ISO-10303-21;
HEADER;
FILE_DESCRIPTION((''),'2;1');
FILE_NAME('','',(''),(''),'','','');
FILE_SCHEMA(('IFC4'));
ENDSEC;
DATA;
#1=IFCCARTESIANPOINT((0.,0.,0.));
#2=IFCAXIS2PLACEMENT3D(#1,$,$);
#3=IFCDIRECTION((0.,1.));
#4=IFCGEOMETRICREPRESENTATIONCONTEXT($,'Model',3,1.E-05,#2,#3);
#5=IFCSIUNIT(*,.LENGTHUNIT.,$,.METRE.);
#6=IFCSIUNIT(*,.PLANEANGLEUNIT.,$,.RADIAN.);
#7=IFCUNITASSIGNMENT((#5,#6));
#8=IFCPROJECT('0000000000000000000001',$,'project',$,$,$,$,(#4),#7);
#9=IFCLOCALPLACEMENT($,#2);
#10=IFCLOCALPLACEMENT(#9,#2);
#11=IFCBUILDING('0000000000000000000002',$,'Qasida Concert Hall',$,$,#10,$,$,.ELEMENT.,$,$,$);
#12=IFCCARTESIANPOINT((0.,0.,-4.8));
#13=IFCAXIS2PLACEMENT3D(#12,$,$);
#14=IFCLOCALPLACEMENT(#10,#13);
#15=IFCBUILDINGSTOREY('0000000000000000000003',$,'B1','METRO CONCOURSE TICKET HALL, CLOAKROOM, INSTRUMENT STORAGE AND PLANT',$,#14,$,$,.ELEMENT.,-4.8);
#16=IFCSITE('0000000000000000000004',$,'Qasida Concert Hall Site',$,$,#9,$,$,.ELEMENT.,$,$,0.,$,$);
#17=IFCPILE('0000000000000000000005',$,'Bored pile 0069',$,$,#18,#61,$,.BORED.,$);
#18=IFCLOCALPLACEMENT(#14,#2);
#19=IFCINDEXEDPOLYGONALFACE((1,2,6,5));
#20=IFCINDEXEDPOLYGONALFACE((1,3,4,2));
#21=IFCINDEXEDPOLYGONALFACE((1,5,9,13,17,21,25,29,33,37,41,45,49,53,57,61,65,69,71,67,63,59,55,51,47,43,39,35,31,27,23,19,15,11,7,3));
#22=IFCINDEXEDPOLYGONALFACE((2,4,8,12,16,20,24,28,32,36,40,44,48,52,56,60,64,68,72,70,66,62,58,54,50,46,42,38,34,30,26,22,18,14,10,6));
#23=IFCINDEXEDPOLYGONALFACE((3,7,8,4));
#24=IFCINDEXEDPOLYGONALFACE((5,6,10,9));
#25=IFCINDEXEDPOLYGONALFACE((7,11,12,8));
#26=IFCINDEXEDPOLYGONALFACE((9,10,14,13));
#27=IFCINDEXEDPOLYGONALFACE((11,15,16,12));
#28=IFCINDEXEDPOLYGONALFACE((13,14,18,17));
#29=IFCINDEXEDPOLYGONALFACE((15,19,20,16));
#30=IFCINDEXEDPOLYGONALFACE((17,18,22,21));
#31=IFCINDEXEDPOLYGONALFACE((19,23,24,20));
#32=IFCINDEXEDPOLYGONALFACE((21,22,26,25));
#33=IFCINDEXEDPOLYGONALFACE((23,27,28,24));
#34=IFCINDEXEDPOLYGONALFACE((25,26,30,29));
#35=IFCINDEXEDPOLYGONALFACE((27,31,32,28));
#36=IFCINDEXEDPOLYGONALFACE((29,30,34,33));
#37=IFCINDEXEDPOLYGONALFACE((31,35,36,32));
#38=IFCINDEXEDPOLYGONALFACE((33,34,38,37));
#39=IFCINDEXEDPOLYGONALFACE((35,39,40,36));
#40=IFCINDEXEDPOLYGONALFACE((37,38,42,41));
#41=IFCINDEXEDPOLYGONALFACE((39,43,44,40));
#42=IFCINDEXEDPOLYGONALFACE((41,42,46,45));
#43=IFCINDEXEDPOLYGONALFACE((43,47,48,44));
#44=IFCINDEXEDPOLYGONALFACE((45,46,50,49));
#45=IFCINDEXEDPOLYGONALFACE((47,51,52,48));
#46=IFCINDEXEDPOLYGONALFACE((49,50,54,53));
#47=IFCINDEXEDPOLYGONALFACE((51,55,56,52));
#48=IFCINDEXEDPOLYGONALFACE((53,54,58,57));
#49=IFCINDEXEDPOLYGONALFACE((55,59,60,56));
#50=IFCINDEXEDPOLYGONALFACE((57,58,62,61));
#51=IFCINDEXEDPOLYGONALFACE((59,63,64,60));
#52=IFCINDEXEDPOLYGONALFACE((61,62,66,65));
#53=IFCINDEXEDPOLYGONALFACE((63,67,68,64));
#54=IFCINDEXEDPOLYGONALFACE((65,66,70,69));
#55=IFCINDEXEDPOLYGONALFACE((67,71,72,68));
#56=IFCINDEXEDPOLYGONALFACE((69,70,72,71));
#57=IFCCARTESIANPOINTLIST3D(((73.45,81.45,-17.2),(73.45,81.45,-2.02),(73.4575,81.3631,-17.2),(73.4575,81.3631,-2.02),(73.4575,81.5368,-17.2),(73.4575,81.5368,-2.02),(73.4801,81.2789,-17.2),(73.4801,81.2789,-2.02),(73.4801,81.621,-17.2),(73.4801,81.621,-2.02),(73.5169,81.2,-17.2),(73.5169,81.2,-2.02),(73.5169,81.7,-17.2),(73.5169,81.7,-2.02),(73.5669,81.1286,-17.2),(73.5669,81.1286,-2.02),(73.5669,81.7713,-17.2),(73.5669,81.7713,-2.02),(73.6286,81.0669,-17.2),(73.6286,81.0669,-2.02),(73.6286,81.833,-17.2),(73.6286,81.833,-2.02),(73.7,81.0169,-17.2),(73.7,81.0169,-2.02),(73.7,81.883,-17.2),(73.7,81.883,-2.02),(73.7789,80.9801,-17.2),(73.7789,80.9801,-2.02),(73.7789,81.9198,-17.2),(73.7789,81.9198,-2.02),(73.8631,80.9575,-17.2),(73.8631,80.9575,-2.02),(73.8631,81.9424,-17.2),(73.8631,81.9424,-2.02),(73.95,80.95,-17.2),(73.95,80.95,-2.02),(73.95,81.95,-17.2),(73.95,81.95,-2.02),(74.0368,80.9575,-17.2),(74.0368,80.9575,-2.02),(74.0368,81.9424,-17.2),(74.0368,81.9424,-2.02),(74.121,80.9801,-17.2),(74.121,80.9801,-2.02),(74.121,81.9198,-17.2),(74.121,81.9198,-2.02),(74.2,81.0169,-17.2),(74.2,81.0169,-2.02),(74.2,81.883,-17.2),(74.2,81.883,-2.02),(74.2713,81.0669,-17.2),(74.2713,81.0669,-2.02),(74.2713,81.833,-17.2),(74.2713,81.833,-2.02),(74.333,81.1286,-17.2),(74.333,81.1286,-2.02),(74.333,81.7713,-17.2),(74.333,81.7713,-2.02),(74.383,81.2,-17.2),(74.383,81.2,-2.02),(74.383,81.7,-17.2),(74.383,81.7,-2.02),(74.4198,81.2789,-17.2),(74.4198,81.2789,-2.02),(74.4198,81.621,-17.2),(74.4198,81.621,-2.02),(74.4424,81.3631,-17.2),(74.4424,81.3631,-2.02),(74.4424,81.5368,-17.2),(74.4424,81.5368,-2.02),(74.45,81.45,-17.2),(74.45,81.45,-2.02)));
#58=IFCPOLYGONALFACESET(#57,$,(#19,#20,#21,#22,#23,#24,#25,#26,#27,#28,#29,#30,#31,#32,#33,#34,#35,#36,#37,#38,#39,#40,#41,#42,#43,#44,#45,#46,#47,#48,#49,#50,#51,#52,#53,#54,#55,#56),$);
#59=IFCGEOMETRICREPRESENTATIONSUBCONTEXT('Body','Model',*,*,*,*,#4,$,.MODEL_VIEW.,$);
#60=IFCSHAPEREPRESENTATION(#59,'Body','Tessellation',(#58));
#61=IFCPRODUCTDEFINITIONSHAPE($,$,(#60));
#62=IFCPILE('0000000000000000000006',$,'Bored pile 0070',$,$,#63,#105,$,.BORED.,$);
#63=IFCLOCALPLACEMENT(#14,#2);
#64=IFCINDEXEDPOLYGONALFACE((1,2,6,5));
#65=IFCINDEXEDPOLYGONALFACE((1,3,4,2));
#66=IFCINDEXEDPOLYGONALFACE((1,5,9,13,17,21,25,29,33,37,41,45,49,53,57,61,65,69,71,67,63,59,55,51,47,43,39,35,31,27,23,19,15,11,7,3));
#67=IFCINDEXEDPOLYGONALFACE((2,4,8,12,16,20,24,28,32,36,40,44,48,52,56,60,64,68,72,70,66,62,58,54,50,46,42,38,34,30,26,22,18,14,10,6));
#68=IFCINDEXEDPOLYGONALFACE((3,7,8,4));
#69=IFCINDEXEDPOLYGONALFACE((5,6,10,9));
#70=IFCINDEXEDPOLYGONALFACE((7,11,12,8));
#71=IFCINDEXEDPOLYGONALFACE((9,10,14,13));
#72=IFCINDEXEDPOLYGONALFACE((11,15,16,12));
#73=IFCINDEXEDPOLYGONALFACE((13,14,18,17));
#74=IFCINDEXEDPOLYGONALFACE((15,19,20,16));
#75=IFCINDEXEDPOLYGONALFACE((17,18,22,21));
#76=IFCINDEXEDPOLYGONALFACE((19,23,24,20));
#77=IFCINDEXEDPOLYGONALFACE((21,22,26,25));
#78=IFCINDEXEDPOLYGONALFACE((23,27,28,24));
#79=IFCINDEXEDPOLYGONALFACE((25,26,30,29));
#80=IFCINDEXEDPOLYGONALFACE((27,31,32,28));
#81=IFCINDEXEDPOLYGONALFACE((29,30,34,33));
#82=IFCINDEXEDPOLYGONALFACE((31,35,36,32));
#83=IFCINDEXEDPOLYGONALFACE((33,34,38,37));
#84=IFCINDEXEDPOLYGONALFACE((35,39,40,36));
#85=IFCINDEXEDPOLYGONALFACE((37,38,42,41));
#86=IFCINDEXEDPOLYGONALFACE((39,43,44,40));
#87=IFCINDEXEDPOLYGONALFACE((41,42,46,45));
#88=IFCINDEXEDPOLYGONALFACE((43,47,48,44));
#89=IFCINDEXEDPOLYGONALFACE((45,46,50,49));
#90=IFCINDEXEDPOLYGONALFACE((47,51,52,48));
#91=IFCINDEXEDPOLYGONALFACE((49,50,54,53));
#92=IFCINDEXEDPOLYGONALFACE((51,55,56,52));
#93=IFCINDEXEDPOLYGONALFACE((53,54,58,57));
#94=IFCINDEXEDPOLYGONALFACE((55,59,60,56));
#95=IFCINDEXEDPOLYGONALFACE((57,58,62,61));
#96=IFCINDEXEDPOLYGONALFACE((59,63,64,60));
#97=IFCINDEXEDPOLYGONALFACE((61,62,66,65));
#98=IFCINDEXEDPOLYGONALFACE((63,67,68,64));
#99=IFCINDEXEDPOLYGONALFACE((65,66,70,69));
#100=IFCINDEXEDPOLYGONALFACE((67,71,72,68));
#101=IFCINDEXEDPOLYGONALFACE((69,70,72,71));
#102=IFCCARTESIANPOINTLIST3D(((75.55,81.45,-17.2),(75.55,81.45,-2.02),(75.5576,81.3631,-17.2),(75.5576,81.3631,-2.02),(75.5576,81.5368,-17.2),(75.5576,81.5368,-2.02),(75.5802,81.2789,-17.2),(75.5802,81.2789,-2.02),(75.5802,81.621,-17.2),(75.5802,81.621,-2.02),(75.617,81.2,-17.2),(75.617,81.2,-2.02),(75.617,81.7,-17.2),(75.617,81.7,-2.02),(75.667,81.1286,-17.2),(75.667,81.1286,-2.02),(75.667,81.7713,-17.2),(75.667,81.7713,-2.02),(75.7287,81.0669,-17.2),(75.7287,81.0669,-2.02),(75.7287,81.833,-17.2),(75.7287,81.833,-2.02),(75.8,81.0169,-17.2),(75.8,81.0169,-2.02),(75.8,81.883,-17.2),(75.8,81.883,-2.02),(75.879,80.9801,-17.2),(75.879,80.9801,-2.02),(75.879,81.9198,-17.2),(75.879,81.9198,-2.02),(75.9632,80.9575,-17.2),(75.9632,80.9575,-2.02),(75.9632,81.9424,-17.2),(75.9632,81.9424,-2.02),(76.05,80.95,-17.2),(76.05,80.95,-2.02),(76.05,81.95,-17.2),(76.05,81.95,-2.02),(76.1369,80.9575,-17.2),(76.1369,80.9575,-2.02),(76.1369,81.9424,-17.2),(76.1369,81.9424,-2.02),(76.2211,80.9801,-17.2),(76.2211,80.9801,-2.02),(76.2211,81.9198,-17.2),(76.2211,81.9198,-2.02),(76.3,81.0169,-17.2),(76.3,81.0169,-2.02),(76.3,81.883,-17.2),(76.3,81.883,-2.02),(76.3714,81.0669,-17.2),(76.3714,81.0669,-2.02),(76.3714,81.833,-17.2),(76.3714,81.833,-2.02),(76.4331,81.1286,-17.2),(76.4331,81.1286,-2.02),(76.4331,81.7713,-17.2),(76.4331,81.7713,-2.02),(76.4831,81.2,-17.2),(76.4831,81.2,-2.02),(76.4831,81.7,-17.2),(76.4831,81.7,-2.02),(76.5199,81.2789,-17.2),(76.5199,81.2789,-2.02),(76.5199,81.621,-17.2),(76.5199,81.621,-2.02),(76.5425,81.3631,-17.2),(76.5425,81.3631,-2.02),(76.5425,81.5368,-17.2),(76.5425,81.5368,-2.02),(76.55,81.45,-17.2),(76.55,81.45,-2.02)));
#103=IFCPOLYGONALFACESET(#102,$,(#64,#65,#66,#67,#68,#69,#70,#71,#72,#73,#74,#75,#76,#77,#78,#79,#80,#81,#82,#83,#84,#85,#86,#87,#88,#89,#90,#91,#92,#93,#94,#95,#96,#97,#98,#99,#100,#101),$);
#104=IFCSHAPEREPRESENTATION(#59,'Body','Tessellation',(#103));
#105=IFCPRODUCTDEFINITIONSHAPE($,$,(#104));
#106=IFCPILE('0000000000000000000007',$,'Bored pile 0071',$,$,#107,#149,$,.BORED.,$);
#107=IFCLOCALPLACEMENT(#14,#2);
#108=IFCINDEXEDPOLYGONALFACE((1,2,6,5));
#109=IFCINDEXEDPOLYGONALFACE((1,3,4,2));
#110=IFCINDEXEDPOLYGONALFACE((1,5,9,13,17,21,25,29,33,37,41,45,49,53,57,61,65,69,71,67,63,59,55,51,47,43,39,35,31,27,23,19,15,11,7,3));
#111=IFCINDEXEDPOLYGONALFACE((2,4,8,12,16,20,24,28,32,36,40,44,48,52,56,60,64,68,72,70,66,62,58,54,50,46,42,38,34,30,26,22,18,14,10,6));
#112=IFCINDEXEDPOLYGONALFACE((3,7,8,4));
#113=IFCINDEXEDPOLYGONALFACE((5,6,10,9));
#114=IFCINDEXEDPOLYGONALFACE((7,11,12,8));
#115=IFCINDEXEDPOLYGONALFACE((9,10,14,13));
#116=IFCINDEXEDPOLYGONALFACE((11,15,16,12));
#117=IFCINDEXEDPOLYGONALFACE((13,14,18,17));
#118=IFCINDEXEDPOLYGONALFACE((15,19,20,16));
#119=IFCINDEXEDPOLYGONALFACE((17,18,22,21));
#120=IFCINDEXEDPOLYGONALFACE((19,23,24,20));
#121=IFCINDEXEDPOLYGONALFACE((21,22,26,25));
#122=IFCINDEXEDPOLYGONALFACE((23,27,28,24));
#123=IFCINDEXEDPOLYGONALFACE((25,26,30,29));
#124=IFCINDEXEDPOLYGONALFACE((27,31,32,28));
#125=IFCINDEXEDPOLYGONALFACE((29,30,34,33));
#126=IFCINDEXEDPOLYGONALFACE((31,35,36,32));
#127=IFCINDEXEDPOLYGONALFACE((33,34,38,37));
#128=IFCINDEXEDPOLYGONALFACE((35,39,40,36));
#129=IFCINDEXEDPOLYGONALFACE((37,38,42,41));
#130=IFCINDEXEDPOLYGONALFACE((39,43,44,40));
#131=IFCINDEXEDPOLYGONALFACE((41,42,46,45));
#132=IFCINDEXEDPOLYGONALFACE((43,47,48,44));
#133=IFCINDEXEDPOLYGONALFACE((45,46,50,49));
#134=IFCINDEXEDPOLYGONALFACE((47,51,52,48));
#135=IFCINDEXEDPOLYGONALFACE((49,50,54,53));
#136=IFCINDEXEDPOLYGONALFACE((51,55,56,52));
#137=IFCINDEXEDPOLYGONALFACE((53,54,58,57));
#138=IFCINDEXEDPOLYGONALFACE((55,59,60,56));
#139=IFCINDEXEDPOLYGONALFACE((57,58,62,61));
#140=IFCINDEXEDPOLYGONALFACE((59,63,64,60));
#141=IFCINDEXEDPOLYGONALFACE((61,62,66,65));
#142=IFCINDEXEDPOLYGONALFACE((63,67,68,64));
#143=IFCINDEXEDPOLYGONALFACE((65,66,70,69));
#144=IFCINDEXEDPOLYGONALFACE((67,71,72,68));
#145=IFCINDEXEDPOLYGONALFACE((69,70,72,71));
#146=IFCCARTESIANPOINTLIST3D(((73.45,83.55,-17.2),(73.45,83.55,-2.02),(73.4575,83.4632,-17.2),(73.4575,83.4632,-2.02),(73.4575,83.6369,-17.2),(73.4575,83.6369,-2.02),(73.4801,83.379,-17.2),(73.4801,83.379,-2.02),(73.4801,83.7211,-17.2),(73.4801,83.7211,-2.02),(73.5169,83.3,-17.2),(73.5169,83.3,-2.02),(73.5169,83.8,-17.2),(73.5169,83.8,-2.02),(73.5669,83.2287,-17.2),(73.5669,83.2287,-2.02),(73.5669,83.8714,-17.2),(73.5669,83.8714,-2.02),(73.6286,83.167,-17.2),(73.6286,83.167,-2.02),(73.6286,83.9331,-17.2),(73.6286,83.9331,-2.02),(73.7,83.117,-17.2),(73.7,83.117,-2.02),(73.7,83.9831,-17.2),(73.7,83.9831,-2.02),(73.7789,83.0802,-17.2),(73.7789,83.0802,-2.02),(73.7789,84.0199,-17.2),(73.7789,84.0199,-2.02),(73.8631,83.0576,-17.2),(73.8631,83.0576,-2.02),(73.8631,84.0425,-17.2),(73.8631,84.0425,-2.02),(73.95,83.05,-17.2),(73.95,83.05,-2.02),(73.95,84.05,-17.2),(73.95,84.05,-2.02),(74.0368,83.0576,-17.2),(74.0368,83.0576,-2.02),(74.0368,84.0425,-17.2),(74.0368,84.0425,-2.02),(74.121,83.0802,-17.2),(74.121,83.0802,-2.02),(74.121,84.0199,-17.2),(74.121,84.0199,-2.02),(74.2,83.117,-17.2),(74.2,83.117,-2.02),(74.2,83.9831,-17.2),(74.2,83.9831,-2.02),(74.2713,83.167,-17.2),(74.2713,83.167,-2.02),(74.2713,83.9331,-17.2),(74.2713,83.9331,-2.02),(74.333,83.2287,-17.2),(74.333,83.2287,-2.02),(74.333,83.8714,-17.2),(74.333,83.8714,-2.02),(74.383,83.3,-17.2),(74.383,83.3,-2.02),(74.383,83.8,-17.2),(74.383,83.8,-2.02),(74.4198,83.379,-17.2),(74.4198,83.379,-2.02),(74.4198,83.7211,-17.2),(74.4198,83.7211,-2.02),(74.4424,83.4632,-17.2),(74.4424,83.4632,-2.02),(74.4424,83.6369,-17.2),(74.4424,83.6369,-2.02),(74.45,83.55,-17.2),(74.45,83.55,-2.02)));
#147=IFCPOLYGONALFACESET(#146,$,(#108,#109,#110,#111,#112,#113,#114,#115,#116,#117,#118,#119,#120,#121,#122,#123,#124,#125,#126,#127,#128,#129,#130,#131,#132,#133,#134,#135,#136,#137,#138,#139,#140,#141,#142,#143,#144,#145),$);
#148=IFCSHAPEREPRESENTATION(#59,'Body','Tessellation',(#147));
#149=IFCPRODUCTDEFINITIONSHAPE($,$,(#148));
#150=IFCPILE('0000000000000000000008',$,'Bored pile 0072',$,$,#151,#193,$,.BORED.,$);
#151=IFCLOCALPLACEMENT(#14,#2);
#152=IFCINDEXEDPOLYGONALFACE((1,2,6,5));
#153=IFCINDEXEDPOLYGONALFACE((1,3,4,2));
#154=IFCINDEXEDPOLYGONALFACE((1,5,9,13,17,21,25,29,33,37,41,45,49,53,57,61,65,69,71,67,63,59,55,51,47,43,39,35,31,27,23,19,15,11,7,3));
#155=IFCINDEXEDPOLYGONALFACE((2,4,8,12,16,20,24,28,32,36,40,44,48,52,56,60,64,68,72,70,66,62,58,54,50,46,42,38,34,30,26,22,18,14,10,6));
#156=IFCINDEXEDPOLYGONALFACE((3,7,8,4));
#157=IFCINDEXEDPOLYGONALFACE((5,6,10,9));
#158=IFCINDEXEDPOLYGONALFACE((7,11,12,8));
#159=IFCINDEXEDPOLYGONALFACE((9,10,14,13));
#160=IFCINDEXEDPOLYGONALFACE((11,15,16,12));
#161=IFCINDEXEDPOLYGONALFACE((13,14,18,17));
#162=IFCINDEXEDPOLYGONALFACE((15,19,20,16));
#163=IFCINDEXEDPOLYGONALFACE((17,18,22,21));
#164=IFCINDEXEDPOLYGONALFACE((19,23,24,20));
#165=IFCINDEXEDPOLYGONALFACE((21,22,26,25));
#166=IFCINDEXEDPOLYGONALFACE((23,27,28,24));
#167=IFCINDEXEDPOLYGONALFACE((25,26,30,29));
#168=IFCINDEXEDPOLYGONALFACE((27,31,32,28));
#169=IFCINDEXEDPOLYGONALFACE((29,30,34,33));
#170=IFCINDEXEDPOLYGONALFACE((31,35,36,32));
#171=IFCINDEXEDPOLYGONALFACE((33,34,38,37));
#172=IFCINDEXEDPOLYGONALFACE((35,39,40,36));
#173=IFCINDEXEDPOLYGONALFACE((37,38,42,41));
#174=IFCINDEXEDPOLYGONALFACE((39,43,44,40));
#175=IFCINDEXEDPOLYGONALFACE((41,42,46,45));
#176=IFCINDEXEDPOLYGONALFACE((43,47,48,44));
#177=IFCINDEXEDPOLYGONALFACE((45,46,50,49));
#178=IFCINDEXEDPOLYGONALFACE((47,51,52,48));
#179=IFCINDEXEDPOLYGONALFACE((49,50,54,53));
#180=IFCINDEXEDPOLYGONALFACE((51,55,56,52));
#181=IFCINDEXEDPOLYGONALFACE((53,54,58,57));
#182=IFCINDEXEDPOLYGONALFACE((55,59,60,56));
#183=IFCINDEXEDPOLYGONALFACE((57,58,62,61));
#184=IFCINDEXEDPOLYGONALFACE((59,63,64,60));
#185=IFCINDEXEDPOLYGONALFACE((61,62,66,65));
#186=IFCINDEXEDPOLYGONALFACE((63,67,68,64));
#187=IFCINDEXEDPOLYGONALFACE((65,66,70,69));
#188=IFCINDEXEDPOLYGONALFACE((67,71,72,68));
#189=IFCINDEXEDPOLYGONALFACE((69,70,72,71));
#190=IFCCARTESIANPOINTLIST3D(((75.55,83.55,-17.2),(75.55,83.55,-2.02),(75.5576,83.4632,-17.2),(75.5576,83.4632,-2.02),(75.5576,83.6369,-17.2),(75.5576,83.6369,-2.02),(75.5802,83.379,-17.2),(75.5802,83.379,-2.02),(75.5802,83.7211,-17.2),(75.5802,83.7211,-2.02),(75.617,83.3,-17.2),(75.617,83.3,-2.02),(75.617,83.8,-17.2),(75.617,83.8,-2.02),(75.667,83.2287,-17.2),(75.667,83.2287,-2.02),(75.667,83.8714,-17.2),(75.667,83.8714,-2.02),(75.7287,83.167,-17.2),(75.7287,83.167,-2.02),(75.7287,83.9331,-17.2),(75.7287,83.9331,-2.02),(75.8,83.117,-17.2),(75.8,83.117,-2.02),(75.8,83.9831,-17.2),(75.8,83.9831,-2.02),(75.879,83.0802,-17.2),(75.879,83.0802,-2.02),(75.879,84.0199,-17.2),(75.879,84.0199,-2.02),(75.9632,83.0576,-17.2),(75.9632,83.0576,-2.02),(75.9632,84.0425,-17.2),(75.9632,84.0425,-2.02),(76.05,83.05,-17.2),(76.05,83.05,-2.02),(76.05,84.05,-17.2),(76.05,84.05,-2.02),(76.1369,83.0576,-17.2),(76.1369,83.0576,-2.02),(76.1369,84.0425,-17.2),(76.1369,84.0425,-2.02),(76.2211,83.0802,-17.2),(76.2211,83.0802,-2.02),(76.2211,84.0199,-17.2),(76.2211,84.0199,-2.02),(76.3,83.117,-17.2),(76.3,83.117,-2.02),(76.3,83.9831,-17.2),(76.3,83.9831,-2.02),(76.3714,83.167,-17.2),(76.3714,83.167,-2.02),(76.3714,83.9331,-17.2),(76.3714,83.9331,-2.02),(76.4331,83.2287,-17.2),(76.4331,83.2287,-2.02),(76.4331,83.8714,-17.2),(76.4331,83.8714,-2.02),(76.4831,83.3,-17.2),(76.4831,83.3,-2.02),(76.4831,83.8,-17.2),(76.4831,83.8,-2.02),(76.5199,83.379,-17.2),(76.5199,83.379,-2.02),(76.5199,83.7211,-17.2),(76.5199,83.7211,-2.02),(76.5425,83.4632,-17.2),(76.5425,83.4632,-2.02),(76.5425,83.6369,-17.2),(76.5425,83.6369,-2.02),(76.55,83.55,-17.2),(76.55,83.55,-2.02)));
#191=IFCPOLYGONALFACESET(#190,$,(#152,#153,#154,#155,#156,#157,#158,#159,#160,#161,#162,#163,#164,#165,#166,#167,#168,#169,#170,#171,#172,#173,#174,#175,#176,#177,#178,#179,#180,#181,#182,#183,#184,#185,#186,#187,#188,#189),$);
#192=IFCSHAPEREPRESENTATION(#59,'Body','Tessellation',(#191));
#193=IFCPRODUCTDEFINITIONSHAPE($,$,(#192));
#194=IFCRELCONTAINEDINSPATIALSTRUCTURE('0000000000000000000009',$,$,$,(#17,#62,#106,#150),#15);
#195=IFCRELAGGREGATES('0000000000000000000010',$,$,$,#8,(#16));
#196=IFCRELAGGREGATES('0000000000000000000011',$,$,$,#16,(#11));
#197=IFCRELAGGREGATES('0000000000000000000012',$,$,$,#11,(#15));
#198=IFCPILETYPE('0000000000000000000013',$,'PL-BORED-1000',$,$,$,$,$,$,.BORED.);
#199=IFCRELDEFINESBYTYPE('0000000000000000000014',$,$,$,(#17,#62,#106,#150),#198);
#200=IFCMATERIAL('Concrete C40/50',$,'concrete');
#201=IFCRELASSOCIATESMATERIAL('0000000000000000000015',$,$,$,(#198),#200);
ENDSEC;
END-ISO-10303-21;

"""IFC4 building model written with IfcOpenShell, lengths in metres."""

from ifc_helpers import new_model, si_unit, direction, frame, origin, origin_2d, place, context, subcontext, project, spatial, circle, extrude, material, material_profile, profile_set, type_object, element, save


model = new_model("IFC4")

# Units and contexts
model_context = context("Model", 3, precision=1e-05, world=origin(), true_north=direction((0.0, 1.0)))
body_context = subcontext(model_context, "Body", "Model", "MODEL_VIEW")
ifc_project = project(units=[si_unit("LENGTHUNIT", "METRE"), si_unit("PLANEANGLEUNIT", "RADIAN")], contexts=[model_context])

# Site, building, storey
site_placement = place(None, origin())
site = spatial("IfcSite", under=ifc_project, at=site_placement, Name="Qasida Concert Hall Site", CompositionType="ELEMENT", RefElevation=0.0)
building_placement = place(site_placement, origin())
building = spatial("IfcBuilding", under=site, at=building_placement, Name="Qasida Concert Hall", CompositionType="ELEMENT")
storey_placement = place(building_placement, frame((0.0, 0.0, -4.8)))
storey = spatial("IfcBuildingStorey", under=building, at=storey_placement, Name="B1", Description="METRO CONCOURSE TICKET HALL, CLOAKROOM, INSTRUMENT STORAGE AND PLANT", CompositionType="ELEMENT", Elevation=-4.8)

# Shared definitions
ifc_material_1 = material(Name="Concrete C40/50", Category="concrete")

# Piles
ifc_material_profile_1 = material_profile(ifc_material_1, circle(Radius=0.5, at=origin_2d()), Name="BORED PILE D1000")
ifc_profile_set_1 = profile_set([ifc_material_profile_1], Name="Concrete C40/50")
pile_type = type_object("IfcPileType", Name="PL-BORED-1000", PredefinedType="BORED", material=ifc_profile_set_1)
for number, where, z_axis, x_axis, name in (
    (1, (73.95, 81.45, -2.02), (0.0, 0.0, -1.0), (1.0, 0.0, 0.0), "Bored pile 0069"),
    (2, (76.05, 81.45, -2.02), (0.0, 0.0, -1.0), (1.0, 0.0, 0.0), "Bored pile 0070"),
    (3, (73.95, 83.55, -2.02), (0.0, 0.0, -1.0), (1.0, 0.0, 0.0), "Bored pile 0071"),
    (4, (76.05, 83.55, -2.02), (0.0, 0.0, -1.0), (1.0, 0.0, 0.0), "Bored pile 0072"),
):
    element("IfcPile", number, at=place(storey_placement, frame(where, z_axis=z_axis, x_axis=x_axis)), inside=storey, type_object=pile_type, Name=name, PredefinedType="BORED", context=body_context, shape_type="SweptSolid", body=[
        extrude(circle(Radius=0.5, at=origin_2d()), origin(), (0.0, 0.0, 1.0), 15.1799),
    ])

save(model, "model.ifc")
